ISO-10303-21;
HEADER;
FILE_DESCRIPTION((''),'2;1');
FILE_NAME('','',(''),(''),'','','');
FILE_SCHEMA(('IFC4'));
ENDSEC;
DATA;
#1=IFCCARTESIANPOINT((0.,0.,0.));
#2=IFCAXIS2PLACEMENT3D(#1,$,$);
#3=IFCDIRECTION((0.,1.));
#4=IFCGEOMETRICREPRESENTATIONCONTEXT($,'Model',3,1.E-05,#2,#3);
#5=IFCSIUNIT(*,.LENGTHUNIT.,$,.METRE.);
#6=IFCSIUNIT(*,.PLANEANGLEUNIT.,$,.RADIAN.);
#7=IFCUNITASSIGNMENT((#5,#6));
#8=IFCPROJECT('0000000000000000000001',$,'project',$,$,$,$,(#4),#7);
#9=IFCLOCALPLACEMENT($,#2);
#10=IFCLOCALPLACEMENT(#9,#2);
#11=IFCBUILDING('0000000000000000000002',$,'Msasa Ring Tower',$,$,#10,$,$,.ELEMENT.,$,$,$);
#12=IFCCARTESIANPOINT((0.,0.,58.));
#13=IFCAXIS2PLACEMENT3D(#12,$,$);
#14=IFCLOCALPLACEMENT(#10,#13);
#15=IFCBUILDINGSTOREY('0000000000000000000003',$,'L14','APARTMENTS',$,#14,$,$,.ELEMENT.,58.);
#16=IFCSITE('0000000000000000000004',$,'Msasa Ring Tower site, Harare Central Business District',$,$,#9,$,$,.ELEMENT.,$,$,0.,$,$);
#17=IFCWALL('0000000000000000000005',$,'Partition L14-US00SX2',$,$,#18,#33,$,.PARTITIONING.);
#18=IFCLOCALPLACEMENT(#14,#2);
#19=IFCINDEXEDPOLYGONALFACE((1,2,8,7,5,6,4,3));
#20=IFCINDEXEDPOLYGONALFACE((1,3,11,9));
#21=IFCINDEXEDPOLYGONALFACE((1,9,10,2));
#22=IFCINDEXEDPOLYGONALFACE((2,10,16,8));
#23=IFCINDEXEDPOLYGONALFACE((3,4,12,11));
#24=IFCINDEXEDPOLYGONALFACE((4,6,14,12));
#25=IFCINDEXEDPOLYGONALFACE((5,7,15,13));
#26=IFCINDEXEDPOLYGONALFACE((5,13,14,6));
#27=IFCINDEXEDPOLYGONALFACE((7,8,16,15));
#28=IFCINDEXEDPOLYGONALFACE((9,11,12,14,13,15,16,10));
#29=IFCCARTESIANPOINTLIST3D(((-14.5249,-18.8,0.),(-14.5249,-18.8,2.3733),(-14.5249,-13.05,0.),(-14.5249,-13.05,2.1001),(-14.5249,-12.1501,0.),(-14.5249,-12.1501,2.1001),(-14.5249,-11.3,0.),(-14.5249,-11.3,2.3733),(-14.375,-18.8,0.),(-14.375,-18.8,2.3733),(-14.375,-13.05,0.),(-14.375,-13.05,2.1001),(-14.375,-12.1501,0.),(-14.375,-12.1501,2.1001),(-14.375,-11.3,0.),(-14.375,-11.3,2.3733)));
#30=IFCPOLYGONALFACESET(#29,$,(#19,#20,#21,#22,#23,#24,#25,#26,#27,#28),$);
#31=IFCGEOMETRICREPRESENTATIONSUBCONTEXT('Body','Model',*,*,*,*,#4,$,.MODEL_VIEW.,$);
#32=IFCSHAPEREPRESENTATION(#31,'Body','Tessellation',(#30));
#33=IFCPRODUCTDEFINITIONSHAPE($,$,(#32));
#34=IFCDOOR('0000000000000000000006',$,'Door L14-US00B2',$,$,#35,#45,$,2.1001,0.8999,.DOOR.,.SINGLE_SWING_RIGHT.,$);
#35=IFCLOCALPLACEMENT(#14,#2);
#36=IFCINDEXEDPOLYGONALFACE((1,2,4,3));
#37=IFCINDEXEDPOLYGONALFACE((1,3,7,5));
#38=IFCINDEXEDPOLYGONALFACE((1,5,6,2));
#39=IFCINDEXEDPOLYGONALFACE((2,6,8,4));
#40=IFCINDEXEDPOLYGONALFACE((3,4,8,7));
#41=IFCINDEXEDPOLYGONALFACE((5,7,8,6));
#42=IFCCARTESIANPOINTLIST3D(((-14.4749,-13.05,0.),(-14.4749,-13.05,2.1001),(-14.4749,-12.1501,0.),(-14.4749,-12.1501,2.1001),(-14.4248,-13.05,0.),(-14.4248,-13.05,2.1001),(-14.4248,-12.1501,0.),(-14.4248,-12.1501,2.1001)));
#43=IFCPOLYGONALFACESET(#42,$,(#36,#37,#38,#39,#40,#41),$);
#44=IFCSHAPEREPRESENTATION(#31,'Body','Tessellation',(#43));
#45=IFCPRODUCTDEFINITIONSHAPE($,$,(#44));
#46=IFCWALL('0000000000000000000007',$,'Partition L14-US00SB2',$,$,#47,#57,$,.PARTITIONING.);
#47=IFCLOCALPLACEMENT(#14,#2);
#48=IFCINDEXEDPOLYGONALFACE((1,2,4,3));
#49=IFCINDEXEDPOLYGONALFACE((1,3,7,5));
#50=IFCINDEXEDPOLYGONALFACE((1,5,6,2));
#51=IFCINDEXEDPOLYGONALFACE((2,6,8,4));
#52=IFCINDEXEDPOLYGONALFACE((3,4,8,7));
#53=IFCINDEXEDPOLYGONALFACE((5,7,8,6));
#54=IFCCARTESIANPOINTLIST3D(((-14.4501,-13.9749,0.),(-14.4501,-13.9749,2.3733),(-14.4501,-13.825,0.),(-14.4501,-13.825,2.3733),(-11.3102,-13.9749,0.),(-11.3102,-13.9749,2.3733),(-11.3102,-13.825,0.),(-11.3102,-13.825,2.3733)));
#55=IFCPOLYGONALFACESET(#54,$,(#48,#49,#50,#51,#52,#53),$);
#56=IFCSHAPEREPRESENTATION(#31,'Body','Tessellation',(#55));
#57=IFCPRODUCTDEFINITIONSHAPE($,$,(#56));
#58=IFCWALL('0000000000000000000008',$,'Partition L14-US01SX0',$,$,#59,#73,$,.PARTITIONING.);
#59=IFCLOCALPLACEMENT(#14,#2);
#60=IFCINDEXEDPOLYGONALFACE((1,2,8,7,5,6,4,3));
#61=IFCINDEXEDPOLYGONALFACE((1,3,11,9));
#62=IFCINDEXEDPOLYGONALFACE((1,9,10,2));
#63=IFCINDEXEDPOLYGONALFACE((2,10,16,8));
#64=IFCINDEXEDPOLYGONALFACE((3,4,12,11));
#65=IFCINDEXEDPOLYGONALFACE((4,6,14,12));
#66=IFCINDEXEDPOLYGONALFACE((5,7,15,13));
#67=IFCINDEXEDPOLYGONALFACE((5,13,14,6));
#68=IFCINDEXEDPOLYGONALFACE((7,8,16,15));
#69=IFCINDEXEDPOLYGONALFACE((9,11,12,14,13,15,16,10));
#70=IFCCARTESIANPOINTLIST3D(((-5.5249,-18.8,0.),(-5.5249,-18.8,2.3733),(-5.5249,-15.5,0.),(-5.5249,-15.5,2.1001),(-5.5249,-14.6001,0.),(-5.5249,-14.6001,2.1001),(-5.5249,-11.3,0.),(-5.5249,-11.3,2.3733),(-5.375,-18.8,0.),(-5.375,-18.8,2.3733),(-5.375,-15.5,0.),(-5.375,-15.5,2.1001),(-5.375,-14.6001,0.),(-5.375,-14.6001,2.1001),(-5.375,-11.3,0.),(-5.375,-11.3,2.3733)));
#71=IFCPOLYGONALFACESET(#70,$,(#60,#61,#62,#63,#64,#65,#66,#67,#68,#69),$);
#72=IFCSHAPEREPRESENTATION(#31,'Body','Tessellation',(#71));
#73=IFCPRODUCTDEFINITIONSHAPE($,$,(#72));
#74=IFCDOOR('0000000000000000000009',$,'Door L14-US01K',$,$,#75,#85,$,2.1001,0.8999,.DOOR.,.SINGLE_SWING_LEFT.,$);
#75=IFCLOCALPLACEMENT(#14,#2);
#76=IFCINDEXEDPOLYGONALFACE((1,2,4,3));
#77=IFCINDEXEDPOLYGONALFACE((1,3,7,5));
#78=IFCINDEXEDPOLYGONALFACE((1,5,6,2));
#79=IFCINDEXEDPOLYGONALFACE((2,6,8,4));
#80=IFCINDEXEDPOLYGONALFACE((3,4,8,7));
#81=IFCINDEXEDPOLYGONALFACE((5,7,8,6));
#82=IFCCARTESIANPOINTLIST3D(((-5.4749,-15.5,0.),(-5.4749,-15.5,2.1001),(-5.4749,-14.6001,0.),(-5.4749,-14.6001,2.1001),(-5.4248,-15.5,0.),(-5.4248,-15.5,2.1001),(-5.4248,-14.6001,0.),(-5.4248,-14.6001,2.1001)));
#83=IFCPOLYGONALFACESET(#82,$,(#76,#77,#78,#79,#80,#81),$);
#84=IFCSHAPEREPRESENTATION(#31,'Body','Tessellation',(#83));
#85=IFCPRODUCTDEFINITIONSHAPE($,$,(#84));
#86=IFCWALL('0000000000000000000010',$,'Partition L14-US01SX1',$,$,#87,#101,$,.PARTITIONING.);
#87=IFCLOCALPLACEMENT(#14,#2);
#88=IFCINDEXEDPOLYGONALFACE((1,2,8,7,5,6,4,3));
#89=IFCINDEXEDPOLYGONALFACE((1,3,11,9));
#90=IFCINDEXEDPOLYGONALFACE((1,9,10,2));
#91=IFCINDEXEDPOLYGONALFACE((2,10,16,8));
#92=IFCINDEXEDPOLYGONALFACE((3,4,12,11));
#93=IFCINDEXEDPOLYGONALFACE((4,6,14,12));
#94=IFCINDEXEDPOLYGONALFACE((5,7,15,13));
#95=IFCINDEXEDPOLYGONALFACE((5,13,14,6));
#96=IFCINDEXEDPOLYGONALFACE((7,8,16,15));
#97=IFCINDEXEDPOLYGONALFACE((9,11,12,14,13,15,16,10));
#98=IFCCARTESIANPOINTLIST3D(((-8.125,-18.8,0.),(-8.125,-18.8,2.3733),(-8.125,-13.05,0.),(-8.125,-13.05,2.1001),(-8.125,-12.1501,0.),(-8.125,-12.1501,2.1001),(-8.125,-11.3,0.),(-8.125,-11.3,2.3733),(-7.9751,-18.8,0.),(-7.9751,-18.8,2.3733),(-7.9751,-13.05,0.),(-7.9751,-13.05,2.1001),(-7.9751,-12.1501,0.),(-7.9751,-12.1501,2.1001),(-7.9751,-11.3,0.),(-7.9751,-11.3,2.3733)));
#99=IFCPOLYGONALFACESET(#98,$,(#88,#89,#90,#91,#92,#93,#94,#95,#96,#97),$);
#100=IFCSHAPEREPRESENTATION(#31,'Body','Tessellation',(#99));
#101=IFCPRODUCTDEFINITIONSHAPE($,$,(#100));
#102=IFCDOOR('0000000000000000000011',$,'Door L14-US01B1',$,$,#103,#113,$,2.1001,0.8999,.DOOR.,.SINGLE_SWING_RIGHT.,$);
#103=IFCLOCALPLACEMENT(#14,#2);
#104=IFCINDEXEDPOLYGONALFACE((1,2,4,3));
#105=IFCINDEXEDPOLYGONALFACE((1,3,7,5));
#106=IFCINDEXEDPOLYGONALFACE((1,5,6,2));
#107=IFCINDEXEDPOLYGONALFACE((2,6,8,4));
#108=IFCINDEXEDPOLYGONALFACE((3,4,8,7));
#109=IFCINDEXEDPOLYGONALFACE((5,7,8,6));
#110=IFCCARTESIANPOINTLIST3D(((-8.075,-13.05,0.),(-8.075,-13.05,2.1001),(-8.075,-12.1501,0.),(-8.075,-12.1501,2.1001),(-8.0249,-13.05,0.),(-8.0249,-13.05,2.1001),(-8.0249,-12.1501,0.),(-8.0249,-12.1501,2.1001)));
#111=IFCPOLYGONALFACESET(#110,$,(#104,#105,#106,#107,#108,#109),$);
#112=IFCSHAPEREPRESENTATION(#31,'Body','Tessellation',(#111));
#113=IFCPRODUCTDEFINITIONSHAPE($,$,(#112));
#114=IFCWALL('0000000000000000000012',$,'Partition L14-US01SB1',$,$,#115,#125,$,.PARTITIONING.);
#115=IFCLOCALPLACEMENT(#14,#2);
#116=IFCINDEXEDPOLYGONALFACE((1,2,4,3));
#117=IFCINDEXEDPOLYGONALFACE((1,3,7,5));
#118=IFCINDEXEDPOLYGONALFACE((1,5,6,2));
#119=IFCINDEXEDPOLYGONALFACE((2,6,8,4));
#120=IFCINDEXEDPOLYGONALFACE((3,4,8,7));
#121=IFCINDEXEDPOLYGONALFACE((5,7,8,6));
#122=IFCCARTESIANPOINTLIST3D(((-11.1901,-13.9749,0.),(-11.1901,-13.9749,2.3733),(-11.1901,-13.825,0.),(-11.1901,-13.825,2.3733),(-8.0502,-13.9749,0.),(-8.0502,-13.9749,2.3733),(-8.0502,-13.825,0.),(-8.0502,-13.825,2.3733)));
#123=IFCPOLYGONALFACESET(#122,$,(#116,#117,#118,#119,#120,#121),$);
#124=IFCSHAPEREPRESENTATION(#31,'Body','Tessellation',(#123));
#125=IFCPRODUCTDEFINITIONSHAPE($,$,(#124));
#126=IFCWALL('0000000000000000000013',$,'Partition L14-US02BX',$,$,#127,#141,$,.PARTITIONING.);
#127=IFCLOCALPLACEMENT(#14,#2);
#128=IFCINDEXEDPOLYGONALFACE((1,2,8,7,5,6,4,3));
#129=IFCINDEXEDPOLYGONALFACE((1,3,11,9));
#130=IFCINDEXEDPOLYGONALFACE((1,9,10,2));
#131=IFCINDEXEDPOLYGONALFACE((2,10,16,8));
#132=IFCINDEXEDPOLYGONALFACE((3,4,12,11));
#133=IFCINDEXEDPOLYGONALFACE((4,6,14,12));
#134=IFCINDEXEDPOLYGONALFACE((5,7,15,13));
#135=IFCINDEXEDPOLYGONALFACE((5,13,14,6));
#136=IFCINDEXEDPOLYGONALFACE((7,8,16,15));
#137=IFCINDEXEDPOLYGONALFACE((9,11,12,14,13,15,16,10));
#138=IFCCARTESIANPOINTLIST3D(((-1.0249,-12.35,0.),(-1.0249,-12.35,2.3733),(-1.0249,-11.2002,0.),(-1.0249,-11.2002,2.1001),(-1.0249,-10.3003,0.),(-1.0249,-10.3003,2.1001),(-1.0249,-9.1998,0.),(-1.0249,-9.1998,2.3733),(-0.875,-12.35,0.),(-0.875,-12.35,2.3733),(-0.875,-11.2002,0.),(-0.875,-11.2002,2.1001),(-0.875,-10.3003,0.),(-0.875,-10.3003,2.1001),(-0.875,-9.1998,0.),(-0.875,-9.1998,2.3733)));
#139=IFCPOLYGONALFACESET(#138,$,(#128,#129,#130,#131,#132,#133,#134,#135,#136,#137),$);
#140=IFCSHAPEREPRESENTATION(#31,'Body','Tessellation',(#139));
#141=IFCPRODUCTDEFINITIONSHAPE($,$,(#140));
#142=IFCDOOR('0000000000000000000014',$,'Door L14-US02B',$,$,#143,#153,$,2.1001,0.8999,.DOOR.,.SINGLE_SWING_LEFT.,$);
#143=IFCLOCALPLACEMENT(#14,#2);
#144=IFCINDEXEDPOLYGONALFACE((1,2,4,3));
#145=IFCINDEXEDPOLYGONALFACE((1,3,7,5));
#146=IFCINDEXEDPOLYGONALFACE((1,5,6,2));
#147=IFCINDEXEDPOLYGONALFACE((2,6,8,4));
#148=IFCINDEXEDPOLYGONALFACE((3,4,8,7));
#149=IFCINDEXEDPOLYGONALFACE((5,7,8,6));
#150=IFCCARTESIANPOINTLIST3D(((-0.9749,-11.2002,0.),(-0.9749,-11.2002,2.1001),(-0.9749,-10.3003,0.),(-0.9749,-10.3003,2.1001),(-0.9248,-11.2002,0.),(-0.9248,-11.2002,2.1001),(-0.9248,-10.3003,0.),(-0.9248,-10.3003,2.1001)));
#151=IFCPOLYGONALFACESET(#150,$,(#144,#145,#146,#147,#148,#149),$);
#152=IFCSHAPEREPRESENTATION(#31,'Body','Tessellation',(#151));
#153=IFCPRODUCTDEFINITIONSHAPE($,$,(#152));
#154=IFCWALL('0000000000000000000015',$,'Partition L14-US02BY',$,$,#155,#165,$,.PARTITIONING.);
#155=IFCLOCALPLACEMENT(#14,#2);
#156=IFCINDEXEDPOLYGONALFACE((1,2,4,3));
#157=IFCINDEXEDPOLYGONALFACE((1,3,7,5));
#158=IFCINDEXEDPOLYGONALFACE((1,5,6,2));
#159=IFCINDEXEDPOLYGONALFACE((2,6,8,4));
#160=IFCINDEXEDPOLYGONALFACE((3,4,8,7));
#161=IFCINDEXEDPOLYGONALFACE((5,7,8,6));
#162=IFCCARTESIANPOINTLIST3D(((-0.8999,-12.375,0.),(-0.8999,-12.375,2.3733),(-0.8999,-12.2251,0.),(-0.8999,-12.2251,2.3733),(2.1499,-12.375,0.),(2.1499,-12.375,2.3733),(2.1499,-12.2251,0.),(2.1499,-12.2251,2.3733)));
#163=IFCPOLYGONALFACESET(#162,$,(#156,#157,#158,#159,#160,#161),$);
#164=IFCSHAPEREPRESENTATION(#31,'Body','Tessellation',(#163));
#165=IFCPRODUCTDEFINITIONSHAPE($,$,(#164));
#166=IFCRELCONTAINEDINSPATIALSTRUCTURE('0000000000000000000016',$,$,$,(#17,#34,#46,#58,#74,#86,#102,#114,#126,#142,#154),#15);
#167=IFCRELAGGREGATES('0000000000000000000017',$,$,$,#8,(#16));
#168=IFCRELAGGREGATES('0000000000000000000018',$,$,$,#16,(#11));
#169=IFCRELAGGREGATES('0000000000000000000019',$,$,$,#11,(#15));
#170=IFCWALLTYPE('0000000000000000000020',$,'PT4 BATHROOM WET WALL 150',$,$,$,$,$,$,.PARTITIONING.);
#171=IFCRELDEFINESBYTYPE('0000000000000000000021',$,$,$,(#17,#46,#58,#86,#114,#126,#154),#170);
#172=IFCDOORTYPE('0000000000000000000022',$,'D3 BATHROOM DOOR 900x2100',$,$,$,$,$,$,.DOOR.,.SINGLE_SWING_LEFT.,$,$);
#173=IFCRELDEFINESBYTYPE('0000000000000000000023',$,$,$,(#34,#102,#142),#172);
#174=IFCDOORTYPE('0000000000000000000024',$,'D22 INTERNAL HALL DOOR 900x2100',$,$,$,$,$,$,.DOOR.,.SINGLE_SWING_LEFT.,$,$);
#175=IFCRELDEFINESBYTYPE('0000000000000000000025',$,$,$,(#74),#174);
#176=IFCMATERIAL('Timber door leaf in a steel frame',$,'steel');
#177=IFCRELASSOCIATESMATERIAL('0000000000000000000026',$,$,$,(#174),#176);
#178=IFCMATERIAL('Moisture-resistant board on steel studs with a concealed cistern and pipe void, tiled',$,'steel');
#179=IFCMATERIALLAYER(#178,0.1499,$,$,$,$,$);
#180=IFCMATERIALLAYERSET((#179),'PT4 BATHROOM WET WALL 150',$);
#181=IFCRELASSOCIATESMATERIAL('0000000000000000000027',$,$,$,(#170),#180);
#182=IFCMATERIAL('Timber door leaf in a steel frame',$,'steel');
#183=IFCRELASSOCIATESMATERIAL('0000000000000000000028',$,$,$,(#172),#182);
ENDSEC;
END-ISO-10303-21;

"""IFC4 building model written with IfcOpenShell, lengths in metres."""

from ifc_helpers import new_model, si_unit, direction, frame, frame_2d, origin, place, context, subcontext, project, spatial, rectangle, extrude, material, layer, layer_set, type_object, element, fill, save


model = new_model("IFC4")

# Units and contexts
model_context = context("Model", 3, precision=1e-05, world=origin(), true_north=direction((0.0, 1.0)))
body_context = subcontext(model_context, "Body", "Model", "MODEL_VIEW")
ifc_project = project(units=[si_unit("LENGTHUNIT", "METRE"), si_unit("PLANEANGLEUNIT", "RADIAN")], contexts=[model_context])

# Site, building, storey
site_placement = place(None, origin())
site = spatial("IfcSite", under=ifc_project, at=site_placement, Name="Msasa Ring Tower site, Harare Central Business District", CompositionType="ELEMENT", RefElevation=0.0)
building_placement = place(site_placement, origin())
building = spatial("IfcBuilding", under=site, at=building_placement, Name="Msasa Ring Tower", CompositionType="ELEMENT")
storey_placement = place(building_placement, frame((0.0, 0.0, 58.0)))
storey = spatial("IfcBuildingStorey", under=building, at=storey_placement, Name="L14", Description="APARTMENTS", CompositionType="ELEMENT", Elevation=58.0)

# Shared definitions
ifc_material_1 = material(Name="Timber door leaf in a steel frame", Category="steel")
door_type_1 = type_object("IfcDoorType", Name="D22 INTERNAL HALL DOOR 900x2100", OperationType="SINGLE_SWING_LEFT", PredefinedType="DOOR", material=ifc_material_1)

# Wall, opening, door
ifc_material_2 = material(Name="Moisture-resistant board on steel studs with a concealed cistern and pipe void, tiled", Category="steel")
ifc_layer_1 = layer(ifc_material_2, 0.1499)
ifc_layer_set_1 = layer_set([ifc_layer_1], Name="PT4 BATHROOM WET WALL 150")
wall_type_1 = type_object("IfcWallType", Name="PT4 BATHROOM WET WALL 150", PredefinedType="PARTITIONING", material=ifc_layer_set_1)
wall_1_placement = place(storey_placement, frame((-14.45, -18.8, 0.0), z_axis=(0.0, 0.0, 1.0), x_axis=(0.0, 1.0, 0.0)))
wall_1 = element("IfcWall", 1, at=wall_1_placement, inside=storey, type_object=wall_type_1, Name="Partition L14-US00SX2", PredefinedType="PARTITIONING", context=body_context, shape_type="SweptSolid", body=[
    extrude(rectangle(XDim=7.5, YDim=0.1499, at=frame_2d((3.75, 0.0))), origin(), (0.0, 0.0, 1.0), 2.3733),
])
opening_1_placement = place(wall_1_placement, frame((5.75, 0.0, 0.0)))
opening_1 = element("IfcOpeningElement", 2, at=opening_1_placement, cuts=wall_1, PredefinedType="OPENING", context=body_context, shape_type="SweptSolid", body=[
    extrude(rectangle(XDim=0.8999, YDim=2.1001, at=frame_2d((0.45, 1.05))), frame((0.0, 0.085, 0.0), z_axis=(0.0, -1.0, 0.0), x_axis=(1.0, 0.0, 0.0)), (0.0, 0.0, 1.0), 0.1699),
])
ifc_material_3 = material(Name="Timber door leaf in a steel frame", Category="steel")
door_type_2 = type_object("IfcDoorType", Name="D3 BATHROOM DOOR 900x2100", OperationType="SINGLE_SWING_LEFT", PredefinedType="DOOR", material=ifc_material_3)
door_1_placement = place(opening_1_placement, origin())
door_1 = element("IfcDoor", 3, at=door_1_placement, inside=storey, type_object=door_type_2, Name="Door L14-US00B2", OperationType="SINGLE_SWING_RIGHT", OverallHeight=2.1001, OverallWidth=0.8999, PredefinedType="DOOR", context=body_context, shape_type="SweptSolid", body=[
    extrude(rectangle(XDim=0.8999, YDim=2.1001, at=frame_2d((0.45, 1.05))), frame((0.0, 0.0249, 0.0), z_axis=(0.0, -1.0, 0.0), x_axis=(1.0, 0.0, 0.0)), (0.0, 0.0, 1.0), 0.05),
])
fill(opening_1, door_1)

# Wall
wall_2_placement = place(storey_placement, frame((-14.45, -13.8999, 0.0), z_axis=(0.0, 0.0, 1.0), x_axis=(1.0, 0.0, 0.0)))
element("IfcWall", 4, at=wall_2_placement, inside=storey, type_object=wall_type_1, Name="Partition L14-US00SB2", PredefinedType="PARTITIONING", context=body_context, shape_type="SweptSolid", body=[
    extrude(rectangle(XDim=3.1399, YDim=0.1499, at=frame_2d((1.5698, 0.0))), origin(), (0.0, 0.0, 1.0), 2.3733),
])

# Walls, openings, doors
wall_3_placement = place(storey_placement, frame((-5.45, -18.8, 0.0), z_axis=(0.0, 0.0, 1.0), x_axis=(0.0, 1.0, 0.0)))
wall_3 = element("IfcWall", 5, at=wall_3_placement, inside=storey, type_object=wall_type_1, Name="Partition L14-US01SX0", PredefinedType="PARTITIONING", context=body_context, shape_type="SweptSolid", body=[
    extrude(rectangle(XDim=7.5, YDim=0.1499, at=frame_2d((3.75, 0.0))), origin(), (0.0, 0.0, 1.0), 2.3733),
])
opening_2_placement = place(wall_3_placement, frame((3.3, 0.0, 0.0)))
opening_2 = element("IfcOpeningElement", 6, at=opening_2_placement, cuts=wall_3, PredefinedType="OPENING", context=body_context, shape_type="SweptSolid", body=[
    extrude(rectangle(XDim=0.8999, YDim=2.1001, at=frame_2d((0.45, 1.05))), frame((0.0, 0.085, 0.0), z_axis=(0.0, -1.0, 0.0), x_axis=(1.0, 0.0, 0.0)), (0.0, 0.0, 1.0), 0.1699),
])
door_2_placement = place(opening_2_placement, origin())
door_2 = element("IfcDoor", 7, at=door_2_placement, inside=storey, type_object=door_type_1, Name="Door L14-US01K", OperationType="SINGLE_SWING_LEFT", OverallHeight=2.1001, OverallWidth=0.8999, PredefinedType="DOOR", context=body_context, shape_type="SweptSolid", body=[
    extrude(rectangle(XDim=0.8999, YDim=2.1001, at=frame_2d((0.45, 1.05))), frame((0.0, 0.0249, 0.0), z_axis=(0.0, -1.0, 0.0), x_axis=(1.0, 0.0, 0.0)), (0.0, 0.0, 1.0), 0.05),
])
fill(opening_2, door_2)
wall_4_placement = place(storey_placement, frame((-8.05, -18.8, 0.0), z_axis=(0.0, 0.0, 1.0), x_axis=(0.0, 1.0, 0.0)))
wall_4 = element("IfcWall", 8, at=wall_4_placement, inside=storey, type_object=wall_type_1, Name="Partition L14-US01SX1", PredefinedType="PARTITIONING", context=body_context, shape_type="SweptSolid", body=[
    extrude(rectangle(XDim=7.5, YDim=0.1499, at=frame_2d((3.75, 0.0))), origin(), (0.0, 0.0, 1.0), 2.3733),
])
opening_3_placement = place(wall_4_placement, frame((5.75, 0.0, 0.0)))
opening_3 = element("IfcOpeningElement", 9, at=opening_3_placement, cuts=wall_4, PredefinedType="OPENING", context=body_context, shape_type="SweptSolid", body=[
    extrude(rectangle(XDim=0.8999, YDim=2.1001, at=frame_2d((0.45, 1.05))), frame((0.0, 0.085, 0.0), z_axis=(0.0, -1.0, 0.0), x_axis=(1.0, 0.0, 0.0)), (0.0, 0.0, 1.0), 0.1699),
])
door_3_placement = place(opening_3_placement, origin())
door_3 = element("IfcDoor", 10, at=door_3_placement, inside=storey, type_object=door_type_2, Name="Door L14-US01B1", OperationType="SINGLE_SWING_RIGHT", OverallHeight=2.1001, OverallWidth=0.8999, PredefinedType="DOOR", context=body_context, shape_type="SweptSolid", body=[
    extrude(rectangle(XDim=0.8999, YDim=2.1001, at=frame_2d((0.45, 1.05))), frame((0.0, 0.0249, 0.0), z_axis=(0.0, -1.0, 0.0), x_axis=(1.0, 0.0, 0.0)), (0.0, 0.0, 1.0), 0.05),
])
fill(opening_3, door_3)

# Wall
wall_5_placement = place(storey_placement, frame((-11.1899, -13.8999, 0.0), z_axis=(0.0, 0.0, 1.0), x_axis=(1.0, 0.0, 0.0)))
element("IfcWall", 11, at=wall_5_placement, inside=storey, type_object=wall_type_1, Name="Partition L14-US01SB1", PredefinedType="PARTITIONING", context=body_context, shape_type="SweptSolid", body=[
    extrude(rectangle(XDim=3.1399, YDim=0.1499, at=frame_2d((1.5698, 0.0))), origin(), (0.0, 0.0, 1.0), 2.3733),
])

# Wall, opening, door
wall_6_placement = place(storey_placement, frame((-0.95, -12.3501, 0.0), z_axis=(0.0, 0.0, 1.0), x_axis=(0.0, 1.0, 0.0)))
wall_6 = element("IfcWall", 12, at=wall_6_placement, inside=storey, type_object=wall_type_1, Name="Partition L14-US02BX", PredefinedType="PARTITIONING", context=body_context, shape_type="SweptSolid", body=[
    extrude(rectangle(XDim=3.1501, YDim=0.1499, at=frame_2d((1.5752, 0.0))), origin(), (0.0, 0.0, 1.0), 2.3733),
])
opening_4_placement = place(wall_6_placement, frame((1.1499, 0.0, 0.0)))
opening_4 = element("IfcOpeningElement", 13, at=opening_4_placement, cuts=wall_6, PredefinedType="OPENING", context=body_context, shape_type="SweptSolid", body=[
    extrude(rectangle(XDim=0.8999, YDim=2.1001, at=frame_2d((0.45, 1.05))), frame((0.0, 0.085, 0.0), z_axis=(0.0, -1.0, 0.0), x_axis=(1.0, 0.0, 0.0)), (0.0, 0.0, 1.0), 0.1699),
])
door_4_placement = place(opening_4_placement, origin())
door_4 = element("IfcDoor", 14, at=door_4_placement, inside=storey, type_object=door_type_2, Name="Door L14-US02B", OperationType="SINGLE_SWING_LEFT", OverallHeight=2.1001, OverallWidth=0.8999, PredefinedType="DOOR", context=body_context, shape_type="SweptSolid", body=[
    extrude(rectangle(XDim=0.8999, YDim=2.1001, at=frame_2d((0.45, 1.05))), frame((0.0, 0.0249, 0.0), z_axis=(0.0, -1.0, 0.0), x_axis=(1.0, 0.0, 0.0)), (0.0, 0.0, 1.0), 0.05),
])
fill(opening_4, door_4)

# Wall
wall_7_placement = place(storey_placement, frame((-0.8999, -12.3, 0.0), z_axis=(0.0, 0.0, 1.0), x_axis=(1.0, 0.0, 0.0)))
element("IfcWall", 15, at=wall_7_placement, inside=storey, type_object=wall_type_1, Name="Partition L14-US02BY", PredefinedType="PARTITIONING", context=body_context, shape_type="SweptSolid", body=[
    extrude(rectangle(XDim=3.0498, YDim=0.1499, at=frame_2d((1.5249, 0.0))), origin(), (0.0, 0.0, 1.0), 2.3733),
])

save(model, "model.ifc")
